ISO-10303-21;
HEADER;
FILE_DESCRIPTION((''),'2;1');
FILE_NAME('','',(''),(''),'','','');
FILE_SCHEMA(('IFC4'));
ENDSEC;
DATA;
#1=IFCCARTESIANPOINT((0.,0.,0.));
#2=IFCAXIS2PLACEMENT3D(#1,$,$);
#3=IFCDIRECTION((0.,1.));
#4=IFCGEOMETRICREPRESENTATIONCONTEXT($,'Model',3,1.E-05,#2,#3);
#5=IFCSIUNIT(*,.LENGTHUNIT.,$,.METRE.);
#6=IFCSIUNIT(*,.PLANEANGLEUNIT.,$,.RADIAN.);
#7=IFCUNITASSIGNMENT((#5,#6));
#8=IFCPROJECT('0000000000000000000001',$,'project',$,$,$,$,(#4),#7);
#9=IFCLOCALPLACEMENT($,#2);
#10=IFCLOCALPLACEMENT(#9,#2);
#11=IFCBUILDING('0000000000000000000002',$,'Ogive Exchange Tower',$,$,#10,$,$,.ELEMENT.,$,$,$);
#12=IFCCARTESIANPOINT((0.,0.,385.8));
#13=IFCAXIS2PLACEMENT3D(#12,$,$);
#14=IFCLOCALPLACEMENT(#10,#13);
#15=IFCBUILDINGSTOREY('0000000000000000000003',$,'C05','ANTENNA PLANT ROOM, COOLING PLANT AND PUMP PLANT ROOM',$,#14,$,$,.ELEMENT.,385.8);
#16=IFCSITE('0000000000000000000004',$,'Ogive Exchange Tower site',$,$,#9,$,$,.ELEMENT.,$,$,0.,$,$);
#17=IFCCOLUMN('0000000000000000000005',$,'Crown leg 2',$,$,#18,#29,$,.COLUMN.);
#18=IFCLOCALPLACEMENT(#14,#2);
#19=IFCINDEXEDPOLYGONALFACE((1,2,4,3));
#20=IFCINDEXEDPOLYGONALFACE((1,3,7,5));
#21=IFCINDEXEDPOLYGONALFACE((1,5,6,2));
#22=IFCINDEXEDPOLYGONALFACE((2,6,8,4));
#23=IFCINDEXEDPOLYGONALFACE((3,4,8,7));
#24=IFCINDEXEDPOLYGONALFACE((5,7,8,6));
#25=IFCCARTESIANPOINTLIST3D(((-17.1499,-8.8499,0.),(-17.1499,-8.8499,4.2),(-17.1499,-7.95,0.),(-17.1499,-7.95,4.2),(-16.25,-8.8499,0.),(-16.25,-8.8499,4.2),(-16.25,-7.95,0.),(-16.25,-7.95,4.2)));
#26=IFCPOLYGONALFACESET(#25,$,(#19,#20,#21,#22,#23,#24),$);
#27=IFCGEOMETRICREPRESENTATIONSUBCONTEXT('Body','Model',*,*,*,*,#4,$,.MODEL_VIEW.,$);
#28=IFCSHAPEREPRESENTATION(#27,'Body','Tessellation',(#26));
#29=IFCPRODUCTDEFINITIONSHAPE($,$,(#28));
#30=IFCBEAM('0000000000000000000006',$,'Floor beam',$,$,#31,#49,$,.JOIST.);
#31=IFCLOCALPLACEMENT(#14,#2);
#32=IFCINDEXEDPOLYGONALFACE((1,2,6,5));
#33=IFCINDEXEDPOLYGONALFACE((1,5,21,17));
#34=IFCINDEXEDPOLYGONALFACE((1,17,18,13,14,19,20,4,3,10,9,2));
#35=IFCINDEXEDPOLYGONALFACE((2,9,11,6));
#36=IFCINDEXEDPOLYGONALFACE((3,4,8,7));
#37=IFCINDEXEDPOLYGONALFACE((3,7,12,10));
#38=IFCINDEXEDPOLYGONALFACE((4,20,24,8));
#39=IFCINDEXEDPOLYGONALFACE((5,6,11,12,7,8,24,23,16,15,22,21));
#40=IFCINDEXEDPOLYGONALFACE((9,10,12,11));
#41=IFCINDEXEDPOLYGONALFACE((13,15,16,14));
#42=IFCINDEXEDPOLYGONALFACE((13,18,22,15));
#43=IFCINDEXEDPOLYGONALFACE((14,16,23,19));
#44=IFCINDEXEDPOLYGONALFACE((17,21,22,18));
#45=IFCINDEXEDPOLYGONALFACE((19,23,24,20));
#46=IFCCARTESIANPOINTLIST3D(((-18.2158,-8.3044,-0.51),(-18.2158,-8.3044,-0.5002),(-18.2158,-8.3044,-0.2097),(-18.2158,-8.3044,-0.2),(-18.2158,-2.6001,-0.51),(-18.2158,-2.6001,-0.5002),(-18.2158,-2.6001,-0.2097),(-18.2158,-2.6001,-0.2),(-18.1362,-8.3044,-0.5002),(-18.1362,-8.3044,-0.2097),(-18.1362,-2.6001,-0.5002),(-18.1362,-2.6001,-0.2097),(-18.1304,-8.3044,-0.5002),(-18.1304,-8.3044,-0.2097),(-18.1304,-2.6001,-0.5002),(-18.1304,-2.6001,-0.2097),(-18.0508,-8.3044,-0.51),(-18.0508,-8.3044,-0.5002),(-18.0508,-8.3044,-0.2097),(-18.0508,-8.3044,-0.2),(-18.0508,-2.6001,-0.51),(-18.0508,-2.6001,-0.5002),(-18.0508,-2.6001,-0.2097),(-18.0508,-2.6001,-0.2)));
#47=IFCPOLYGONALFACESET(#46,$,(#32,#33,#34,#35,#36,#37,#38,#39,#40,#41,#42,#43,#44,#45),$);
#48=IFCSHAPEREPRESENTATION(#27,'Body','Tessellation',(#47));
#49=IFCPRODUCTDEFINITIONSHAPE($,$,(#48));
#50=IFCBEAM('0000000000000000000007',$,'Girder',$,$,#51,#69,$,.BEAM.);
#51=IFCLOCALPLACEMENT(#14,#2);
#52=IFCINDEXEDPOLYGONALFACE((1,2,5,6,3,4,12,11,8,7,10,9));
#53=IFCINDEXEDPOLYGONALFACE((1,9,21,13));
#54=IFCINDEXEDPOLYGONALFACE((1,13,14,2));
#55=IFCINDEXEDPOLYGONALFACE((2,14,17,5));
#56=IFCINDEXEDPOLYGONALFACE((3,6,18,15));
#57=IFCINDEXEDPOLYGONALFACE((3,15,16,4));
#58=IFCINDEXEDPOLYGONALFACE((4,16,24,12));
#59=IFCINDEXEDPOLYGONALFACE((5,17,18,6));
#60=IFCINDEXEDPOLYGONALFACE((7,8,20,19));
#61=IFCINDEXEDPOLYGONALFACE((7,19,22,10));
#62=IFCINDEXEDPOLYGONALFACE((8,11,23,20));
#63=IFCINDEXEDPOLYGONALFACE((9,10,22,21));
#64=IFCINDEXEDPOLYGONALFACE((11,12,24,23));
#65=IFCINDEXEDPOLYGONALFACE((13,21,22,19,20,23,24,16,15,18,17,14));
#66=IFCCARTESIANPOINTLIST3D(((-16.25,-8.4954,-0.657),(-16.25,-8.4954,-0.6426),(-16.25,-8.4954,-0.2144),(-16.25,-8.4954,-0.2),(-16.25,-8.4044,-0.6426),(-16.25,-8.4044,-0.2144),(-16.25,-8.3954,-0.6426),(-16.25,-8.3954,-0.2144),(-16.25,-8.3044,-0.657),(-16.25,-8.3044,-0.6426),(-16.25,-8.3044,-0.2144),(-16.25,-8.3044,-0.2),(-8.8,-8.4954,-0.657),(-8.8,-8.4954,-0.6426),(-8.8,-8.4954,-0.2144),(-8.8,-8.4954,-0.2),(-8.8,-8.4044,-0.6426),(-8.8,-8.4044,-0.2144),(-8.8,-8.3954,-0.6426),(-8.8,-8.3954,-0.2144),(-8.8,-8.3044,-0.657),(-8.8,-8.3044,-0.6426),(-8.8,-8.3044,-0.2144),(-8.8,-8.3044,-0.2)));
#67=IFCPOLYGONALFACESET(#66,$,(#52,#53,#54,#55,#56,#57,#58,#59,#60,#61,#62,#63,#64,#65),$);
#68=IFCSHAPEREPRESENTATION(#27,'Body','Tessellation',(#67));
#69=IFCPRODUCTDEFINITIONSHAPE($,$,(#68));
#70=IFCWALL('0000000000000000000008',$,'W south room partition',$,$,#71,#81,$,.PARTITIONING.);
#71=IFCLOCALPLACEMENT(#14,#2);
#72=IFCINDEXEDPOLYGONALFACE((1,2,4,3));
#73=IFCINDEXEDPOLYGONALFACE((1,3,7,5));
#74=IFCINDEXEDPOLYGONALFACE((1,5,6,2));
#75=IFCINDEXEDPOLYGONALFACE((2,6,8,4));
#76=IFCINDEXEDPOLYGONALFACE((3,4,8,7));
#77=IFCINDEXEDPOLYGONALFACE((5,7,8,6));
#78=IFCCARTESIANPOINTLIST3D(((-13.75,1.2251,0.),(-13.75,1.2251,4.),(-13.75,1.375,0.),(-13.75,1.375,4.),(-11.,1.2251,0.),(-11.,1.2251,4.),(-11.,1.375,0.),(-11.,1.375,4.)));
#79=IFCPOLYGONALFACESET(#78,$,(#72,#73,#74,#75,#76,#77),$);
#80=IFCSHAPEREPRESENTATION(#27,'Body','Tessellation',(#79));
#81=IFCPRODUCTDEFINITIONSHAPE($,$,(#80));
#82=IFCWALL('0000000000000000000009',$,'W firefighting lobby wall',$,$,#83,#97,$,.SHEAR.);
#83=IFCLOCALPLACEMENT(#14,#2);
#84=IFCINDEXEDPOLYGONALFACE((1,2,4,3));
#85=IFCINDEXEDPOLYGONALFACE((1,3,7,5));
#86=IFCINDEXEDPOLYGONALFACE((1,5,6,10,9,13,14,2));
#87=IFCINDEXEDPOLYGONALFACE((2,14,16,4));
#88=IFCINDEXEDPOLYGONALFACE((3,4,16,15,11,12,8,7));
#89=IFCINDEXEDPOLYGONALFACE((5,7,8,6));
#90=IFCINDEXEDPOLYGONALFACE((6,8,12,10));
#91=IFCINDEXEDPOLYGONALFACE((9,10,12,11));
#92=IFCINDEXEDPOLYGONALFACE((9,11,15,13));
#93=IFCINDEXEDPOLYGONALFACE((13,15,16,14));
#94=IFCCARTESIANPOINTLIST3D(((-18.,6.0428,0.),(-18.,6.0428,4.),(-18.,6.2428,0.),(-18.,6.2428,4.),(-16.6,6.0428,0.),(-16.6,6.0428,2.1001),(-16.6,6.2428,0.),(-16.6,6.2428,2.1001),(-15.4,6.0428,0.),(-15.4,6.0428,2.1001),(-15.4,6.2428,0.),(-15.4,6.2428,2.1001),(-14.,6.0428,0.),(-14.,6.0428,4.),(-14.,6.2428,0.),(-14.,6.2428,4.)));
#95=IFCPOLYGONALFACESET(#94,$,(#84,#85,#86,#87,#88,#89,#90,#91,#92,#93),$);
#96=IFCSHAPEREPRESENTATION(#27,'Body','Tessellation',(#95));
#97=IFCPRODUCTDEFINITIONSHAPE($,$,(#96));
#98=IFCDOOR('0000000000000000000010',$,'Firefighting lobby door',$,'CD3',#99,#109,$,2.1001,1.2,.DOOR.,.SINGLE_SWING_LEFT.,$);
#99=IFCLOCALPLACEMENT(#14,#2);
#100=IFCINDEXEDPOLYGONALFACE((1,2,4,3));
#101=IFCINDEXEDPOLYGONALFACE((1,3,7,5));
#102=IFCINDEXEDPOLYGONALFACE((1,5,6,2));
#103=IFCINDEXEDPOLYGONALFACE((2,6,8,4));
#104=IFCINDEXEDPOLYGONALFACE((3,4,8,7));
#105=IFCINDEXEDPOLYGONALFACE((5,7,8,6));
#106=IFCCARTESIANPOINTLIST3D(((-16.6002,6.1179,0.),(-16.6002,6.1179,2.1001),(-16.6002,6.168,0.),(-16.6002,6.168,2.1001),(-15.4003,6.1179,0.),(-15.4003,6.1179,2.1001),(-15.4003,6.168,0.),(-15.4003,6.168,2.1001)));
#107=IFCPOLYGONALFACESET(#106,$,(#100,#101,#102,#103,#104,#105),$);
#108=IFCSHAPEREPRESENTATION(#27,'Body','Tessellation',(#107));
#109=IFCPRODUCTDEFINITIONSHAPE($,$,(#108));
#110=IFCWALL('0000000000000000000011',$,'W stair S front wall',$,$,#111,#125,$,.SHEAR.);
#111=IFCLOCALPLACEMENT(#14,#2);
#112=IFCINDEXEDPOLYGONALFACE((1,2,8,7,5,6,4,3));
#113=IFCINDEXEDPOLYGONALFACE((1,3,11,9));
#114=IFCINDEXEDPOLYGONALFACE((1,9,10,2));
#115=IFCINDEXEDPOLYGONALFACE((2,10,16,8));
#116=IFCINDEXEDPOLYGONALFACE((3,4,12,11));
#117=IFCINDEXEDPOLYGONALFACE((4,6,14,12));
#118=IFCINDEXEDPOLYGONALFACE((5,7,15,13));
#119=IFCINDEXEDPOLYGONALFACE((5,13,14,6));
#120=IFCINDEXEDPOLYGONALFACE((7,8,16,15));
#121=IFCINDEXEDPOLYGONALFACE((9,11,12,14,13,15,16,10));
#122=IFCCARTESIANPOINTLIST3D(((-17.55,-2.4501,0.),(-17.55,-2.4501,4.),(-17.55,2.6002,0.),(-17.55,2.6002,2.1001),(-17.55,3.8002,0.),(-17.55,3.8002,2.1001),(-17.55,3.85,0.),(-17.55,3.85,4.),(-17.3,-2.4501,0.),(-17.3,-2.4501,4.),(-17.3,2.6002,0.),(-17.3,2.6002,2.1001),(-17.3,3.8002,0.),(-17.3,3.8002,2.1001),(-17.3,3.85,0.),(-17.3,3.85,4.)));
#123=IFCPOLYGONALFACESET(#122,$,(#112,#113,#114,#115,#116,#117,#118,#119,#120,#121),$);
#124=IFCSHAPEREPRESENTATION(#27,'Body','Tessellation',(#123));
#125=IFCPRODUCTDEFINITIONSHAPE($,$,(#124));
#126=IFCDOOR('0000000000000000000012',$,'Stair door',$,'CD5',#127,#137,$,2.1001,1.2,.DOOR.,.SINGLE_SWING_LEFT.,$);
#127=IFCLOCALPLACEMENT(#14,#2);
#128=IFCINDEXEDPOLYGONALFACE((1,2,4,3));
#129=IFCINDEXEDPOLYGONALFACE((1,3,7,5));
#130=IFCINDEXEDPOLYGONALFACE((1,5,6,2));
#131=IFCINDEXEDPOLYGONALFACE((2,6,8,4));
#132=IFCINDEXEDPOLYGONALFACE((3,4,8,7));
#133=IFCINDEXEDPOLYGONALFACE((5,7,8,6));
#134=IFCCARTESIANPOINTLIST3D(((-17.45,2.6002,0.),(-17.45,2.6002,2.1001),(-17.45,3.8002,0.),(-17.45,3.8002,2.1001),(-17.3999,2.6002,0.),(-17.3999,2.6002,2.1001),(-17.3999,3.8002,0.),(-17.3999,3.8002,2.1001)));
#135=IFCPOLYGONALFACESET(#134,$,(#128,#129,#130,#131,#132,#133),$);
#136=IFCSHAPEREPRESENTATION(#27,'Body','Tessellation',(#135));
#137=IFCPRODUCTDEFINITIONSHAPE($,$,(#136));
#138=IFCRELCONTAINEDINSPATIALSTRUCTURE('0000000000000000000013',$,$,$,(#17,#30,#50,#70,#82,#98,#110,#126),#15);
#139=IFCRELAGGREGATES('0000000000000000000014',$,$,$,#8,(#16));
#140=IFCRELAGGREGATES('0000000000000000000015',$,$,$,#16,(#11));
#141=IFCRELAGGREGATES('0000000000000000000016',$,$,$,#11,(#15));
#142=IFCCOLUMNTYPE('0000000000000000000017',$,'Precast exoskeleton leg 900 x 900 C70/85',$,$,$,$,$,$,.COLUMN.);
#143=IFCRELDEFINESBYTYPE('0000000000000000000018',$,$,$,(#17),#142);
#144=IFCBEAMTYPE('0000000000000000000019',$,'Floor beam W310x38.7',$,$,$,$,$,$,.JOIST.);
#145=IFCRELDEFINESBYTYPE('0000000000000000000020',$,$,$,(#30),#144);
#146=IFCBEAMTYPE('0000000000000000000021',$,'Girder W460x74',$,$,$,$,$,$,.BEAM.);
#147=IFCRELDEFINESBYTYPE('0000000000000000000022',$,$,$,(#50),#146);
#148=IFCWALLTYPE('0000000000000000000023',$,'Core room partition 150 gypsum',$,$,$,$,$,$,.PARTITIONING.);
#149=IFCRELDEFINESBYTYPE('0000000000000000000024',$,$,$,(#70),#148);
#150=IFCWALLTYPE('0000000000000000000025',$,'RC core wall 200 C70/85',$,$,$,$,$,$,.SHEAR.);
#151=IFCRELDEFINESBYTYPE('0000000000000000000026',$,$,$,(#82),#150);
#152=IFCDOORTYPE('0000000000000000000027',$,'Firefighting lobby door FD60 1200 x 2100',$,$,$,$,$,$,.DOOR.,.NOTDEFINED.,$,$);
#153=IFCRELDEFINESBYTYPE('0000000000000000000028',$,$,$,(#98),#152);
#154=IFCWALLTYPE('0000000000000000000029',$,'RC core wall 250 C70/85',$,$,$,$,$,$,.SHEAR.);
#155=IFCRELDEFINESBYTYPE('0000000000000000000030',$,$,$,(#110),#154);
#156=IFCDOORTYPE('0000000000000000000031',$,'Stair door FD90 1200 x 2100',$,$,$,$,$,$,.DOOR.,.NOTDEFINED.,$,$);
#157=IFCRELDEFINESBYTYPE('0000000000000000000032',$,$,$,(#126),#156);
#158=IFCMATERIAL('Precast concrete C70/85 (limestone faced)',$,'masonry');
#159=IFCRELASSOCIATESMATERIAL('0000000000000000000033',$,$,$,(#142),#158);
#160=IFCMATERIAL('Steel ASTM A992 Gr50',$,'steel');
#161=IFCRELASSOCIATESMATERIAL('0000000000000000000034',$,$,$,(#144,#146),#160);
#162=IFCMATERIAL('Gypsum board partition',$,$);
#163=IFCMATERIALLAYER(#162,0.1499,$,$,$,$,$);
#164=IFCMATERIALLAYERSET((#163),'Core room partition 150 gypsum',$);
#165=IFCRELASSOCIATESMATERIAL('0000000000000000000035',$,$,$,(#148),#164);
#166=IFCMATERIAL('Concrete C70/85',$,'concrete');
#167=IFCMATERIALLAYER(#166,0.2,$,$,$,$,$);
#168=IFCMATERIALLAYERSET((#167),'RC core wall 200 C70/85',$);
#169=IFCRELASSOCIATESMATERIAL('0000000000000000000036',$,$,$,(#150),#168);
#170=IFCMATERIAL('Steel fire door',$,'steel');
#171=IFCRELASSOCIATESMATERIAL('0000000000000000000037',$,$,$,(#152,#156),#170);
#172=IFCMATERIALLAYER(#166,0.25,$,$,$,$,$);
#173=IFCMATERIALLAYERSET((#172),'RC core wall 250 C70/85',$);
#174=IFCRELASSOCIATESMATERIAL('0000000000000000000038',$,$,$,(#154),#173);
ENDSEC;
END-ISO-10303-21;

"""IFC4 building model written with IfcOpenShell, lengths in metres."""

from ifc_helpers import new_model, si_unit, direction, frame, frame_2d, origin, origin_2d, place, context, subcontext, project, spatial, rectangle, i_section, extrude, material, layer, layer_set, material_profile, profile_set, type_object, element, fill, save


model = new_model("IFC4")

# Units and contexts
model_context = context("Model", 3, precision=1e-05, world=origin(), true_north=direction((0.0, 1.0)))
body_context = subcontext(model_context, "Body", "Model", "MODEL_VIEW")
ifc_project = project(units=[si_unit("LENGTHUNIT", "METRE"), si_unit("PLANEANGLEUNIT", "RADIAN")], contexts=[model_context])

# Site, building, storey
site_placement = place(None, origin())
site = spatial("IfcSite", under=ifc_project, at=site_placement, Name="Ogive Exchange Tower site", CompositionType="ELEMENT", RefElevation=0.0)
building_placement = place(site_placement, origin())
building = spatial("IfcBuilding", under=site, at=building_placement, Name="Ogive Exchange Tower", CompositionType="ELEMENT")
storey_placement = place(building_placement, frame((0.0, 0.0, 385.8)))
storey = spatial("IfcBuildingStorey", under=building, at=storey_placement, Name="C05", Description="ANTENNA PLANT ROOM, COOLING PLANT AND PUMP PLANT ROOM", CompositionType="ELEMENT", Elevation=385.8)

# Column
ifc_material_1 = material(Name="Precast concrete C70/85 (limestone faced)", Category="masonry")
ifc_material_profile_1 = material_profile(ifc_material_1, rectangle(XDim=0.8999, YDim=0.8999, at=origin_2d()), Name="900 x 900")
ifc_profile_set_1 = profile_set([ifc_material_profile_1], Name="Precast concrete C70/85 (limestone faced)")
column_type = type_object("IfcColumnType", Name="Precast exoskeleton leg 900 x 900 C70/85", PredefinedType="COLUMN", material=ifc_profile_set_1)
column_placement = place(storey_placement, frame((-16.7, -8.3999, 0.0), z_axis=(0.0, 0.0, 1.0), x_axis=(1.0, 0.0, 0.0)))
element("IfcColumn", 1, at=column_placement, inside=storey, type_object=column_type, Name="Crown leg 2", PredefinedType="COLUMN", context=body_context, shape_type="SweptSolid", body=[
    extrude(rectangle(XDim=0.8999, YDim=0.8999, at=origin_2d()), origin(), (0.0, 0.0, 1.0), 4.2),
])

# Beams
ifc_material_2 = material(Name="Steel ASTM A992 Gr50", Category="steel")
ifc_material_profile_2 = material_profile(ifc_material_2, i_section(OverallWidth=0.165, OverallDepth=0.3101, WebThickness=0.0059, FlangeThickness=0.0098, at=origin_2d()), Name="W310x38.7")
ifc_profile_set_2 = profile_set([ifc_material_profile_2], Name="Steel ASTM A992 Gr50")
beam_type_1 = type_object("IfcBeamType", Name="Floor beam W310x38.7", PredefinedType="JOIST", material=ifc_profile_set_2)
beam_1_placement = place(storey_placement, frame((-18.1333, -8.3044, -0.355), z_axis=(0.0, 1.0, 0.0), x_axis=(-1.0, 0.0, 0.0)))
element("IfcBeam", 2, at=beam_1_placement, inside=storey, type_object=beam_type_1, Name="Floor beam", PredefinedType="JOIST", context=body_context, shape_type="SweptSolid", body=[
    extrude(i_section(OverallWidth=0.165, OverallDepth=0.3101, WebThickness=0.0059, FlangeThickness=0.0098, at=origin_2d()), origin(), (0.0, 0.0, 1.0), 5.7043),
])
ifc_material_profile_3 = material_profile(ifc_material_2, i_section(OverallWidth=0.1909, OverallDepth=0.457, WebThickness=0.009, FlangeThickness=0.0144, at=origin_2d()), Name="W460x74")
ifc_profile_set_3 = profile_set([ifc_material_profile_3], Name="Steel ASTM A992 Gr50")
beam_type_2 = type_object("IfcBeamType", Name="Girder W460x74", PredefinedType="BEAM", material=ifc_profile_set_3)
beam_2_placement = place(storey_placement, frame((-16.25, -8.3999, -0.4285), z_axis=(1.0, 0.0, 0.0), x_axis=(0.0, 1.0, 0.0)))
element("IfcBeam", 3, at=beam_2_placement, inside=storey, type_object=beam_type_2, Name="Girder", PredefinedType="BEAM", context=body_context, shape_type="SweptSolid", body=[
    extrude(i_section(OverallWidth=0.1909, OverallDepth=0.457, WebThickness=0.009, FlangeThickness=0.0144, at=origin_2d()), origin(), (0.0, 0.0, 1.0), 7.45),
])

# Wall
ifc_material_3 = material(Name="Gypsum board partition")
ifc_layer_1 = layer(ifc_material_3, 0.1499)
ifc_layer_set_1 = layer_set([ifc_layer_1], Name="Core room partition 150 gypsum")
wall_type_1 = type_object("IfcWallType", Name="Core room partition 150 gypsum", PredefinedType="PARTITIONING", material=ifc_layer_set_1)
wall_1_placement = place(storey_placement, frame((-13.75, 1.3, 0.0), z_axis=(0.0, 0.0, 1.0), x_axis=(1.0, 0.0, 0.0)))
element("IfcWall", 4, at=wall_1_placement, inside=storey, type_object=wall_type_1, Name="W south room partition", PredefinedType="PARTITIONING", context=body_context, shape_type="SweptSolid", body=[
    extrude(rectangle(XDim=2.75, YDim=0.1499, at=frame_2d((1.375, 0.0))), origin(), (0.0, 0.0, 1.0), 4.0),
])

# Walls, openings, doors
ifc_material_4 = material(Name="Concrete C70/85", Category="concrete")
ifc_layer_2 = layer(ifc_material_4, 0.2)
ifc_layer_set_2 = layer_set([ifc_layer_2], Name="RC core wall 200 C70/85")
wall_type_2 = type_object("IfcWallType", Name="RC core wall 200 C70/85", PredefinedType="SHEAR", material=ifc_layer_set_2)
wall_2_placement = place(storey_placement, frame((-18.0, 6.1428, 0.0), z_axis=(0.0, 0.0, 1.0), x_axis=(1.0, 0.0, 0.0)))
wall_2 = element("IfcWall", 5, at=wall_2_placement, inside=storey, type_object=wall_type_2, Name="W firefighting lobby wall", PredefinedType="SHEAR", context=body_context, shape_type="SweptSolid", body=[
    extrude(rectangle(XDim=4.0, YDim=0.2, at=frame_2d((2.0, 0.0))), origin(), (0.0, 0.0, 1.0), 4.0),
])
opening_1_placement = place(wall_2_placement, frame((1.3999, 0.0, 0.0)))
opening_1 = element("IfcOpeningElement", 6, at=opening_1_placement, cuts=wall_2, PredefinedType="OPENING", context=body_context, shape_type="SweptSolid", body=[
    extrude(rectangle(XDim=1.2, YDim=2.1001, at=frame_2d((0.6001, 1.05))), frame((0.0, 0.1099, 0.0), z_axis=(0.0, -1.0, 0.0), x_axis=(1.0, 0.0, 0.0)), (0.0, 0.0, 1.0), 0.22),
])
ifc_material_5 = material(Name="Steel fire door", Category="steel")
door_type_1 = type_object("IfcDoorType", Name="Firefighting lobby door FD60 1200 x 2100", OperationType="NOTDEFINED", PredefinedType="DOOR", material=ifc_material_5)
door_1_placement = place(opening_1_placement, frame((1.2, 0.0, 0.0), z_axis=(0.0, 0.0, 1.0), x_axis=(-1.0, 0.0, 0.0)))
door_1 = element("IfcDoor", 7, at=door_1_placement, inside=storey, type_object=door_type_1, Name="Firefighting lobby door", ObjectType="CD3", OperationType="SINGLE_SWING_LEFT", OverallHeight=2.1001, OverallWidth=1.2, PredefinedType="DOOR", context=body_context, shape_type="SweptSolid", body=[
    extrude(rectangle(XDim=1.2, YDim=2.1001, at=frame_2d((0.6001, 1.05))), frame((0.0, 0.0249, 0.0), z_axis=(0.0, -1.0, 0.0), x_axis=(1.0, 0.0, 0.0)), (0.0, 0.0, 1.0), 0.05),
])
fill(opening_1, door_1)
ifc_layer_3 = layer(ifc_material_4, 0.25)
ifc_layer_set_3 = layer_set([ifc_layer_3], Name="RC core wall 250 C70/85")
wall_type_3 = type_object("IfcWallType", Name="RC core wall 250 C70/85", PredefinedType="SHEAR", material=ifc_layer_set_3)
wall_3_placement = place(storey_placement, frame((-17.425, -2.45, 0.0), z_axis=(0.0, 0.0, 1.0), x_axis=(0.0, 1.0, 0.0)))
wall_3 = element("IfcWall", 8, at=wall_3_placement, inside=storey, type_object=wall_type_3, Name="W stair S front wall", PredefinedType="SHEAR", context=body_context, shape_type="SweptSolid", body=[
    extrude(rectangle(XDim=6.3, YDim=0.25, at=frame_2d((3.1499, 0.0))), origin(), (0.0, 0.0, 1.0), 4.0),
])
opening_2_placement = place(wall_3_placement, frame((5.05, 0.0, 0.0)))
opening_2 = element("IfcOpeningElement", 9, at=opening_2_placement, cuts=wall_3, PredefinedType="OPENING", context=body_context, shape_type="SweptSolid", body=[
    extrude(rectangle(XDim=1.2, YDim=2.1001, at=frame_2d((0.6001, 1.05))), frame((0.0, 0.135, 0.0), z_axis=(0.0, -1.0, 0.0), x_axis=(1.0, 0.0, 0.0)), (0.0, 0.0, 1.0), 0.27),
])
door_type_2 = type_object("IfcDoorType", Name="Stair door FD90 1200 x 2100", OperationType="NOTDEFINED", PredefinedType="DOOR", material=ifc_material_5)
door_2_placement = place(opening_2_placement, origin())
door_2 = element("IfcDoor", 10, at=door_2_placement, inside=storey, type_object=door_type_2, Name="Stair door", ObjectType="CD5", OperationType="SINGLE_SWING_LEFT", OverallHeight=2.1001, OverallWidth=1.2, PredefinedType="DOOR", context=body_context, shape_type="SweptSolid", body=[
    extrude(rectangle(XDim=1.2, YDim=2.1001, at=frame_2d((0.6001, 1.05))), frame((0.0, 0.0249, 0.0), z_axis=(0.0, -1.0, 0.0), x_axis=(1.0, 0.0, 0.0)), (0.0, 0.0, 1.0), 0.05),
])
fill(opening_2, door_2)

save(model, "model.ifc")
